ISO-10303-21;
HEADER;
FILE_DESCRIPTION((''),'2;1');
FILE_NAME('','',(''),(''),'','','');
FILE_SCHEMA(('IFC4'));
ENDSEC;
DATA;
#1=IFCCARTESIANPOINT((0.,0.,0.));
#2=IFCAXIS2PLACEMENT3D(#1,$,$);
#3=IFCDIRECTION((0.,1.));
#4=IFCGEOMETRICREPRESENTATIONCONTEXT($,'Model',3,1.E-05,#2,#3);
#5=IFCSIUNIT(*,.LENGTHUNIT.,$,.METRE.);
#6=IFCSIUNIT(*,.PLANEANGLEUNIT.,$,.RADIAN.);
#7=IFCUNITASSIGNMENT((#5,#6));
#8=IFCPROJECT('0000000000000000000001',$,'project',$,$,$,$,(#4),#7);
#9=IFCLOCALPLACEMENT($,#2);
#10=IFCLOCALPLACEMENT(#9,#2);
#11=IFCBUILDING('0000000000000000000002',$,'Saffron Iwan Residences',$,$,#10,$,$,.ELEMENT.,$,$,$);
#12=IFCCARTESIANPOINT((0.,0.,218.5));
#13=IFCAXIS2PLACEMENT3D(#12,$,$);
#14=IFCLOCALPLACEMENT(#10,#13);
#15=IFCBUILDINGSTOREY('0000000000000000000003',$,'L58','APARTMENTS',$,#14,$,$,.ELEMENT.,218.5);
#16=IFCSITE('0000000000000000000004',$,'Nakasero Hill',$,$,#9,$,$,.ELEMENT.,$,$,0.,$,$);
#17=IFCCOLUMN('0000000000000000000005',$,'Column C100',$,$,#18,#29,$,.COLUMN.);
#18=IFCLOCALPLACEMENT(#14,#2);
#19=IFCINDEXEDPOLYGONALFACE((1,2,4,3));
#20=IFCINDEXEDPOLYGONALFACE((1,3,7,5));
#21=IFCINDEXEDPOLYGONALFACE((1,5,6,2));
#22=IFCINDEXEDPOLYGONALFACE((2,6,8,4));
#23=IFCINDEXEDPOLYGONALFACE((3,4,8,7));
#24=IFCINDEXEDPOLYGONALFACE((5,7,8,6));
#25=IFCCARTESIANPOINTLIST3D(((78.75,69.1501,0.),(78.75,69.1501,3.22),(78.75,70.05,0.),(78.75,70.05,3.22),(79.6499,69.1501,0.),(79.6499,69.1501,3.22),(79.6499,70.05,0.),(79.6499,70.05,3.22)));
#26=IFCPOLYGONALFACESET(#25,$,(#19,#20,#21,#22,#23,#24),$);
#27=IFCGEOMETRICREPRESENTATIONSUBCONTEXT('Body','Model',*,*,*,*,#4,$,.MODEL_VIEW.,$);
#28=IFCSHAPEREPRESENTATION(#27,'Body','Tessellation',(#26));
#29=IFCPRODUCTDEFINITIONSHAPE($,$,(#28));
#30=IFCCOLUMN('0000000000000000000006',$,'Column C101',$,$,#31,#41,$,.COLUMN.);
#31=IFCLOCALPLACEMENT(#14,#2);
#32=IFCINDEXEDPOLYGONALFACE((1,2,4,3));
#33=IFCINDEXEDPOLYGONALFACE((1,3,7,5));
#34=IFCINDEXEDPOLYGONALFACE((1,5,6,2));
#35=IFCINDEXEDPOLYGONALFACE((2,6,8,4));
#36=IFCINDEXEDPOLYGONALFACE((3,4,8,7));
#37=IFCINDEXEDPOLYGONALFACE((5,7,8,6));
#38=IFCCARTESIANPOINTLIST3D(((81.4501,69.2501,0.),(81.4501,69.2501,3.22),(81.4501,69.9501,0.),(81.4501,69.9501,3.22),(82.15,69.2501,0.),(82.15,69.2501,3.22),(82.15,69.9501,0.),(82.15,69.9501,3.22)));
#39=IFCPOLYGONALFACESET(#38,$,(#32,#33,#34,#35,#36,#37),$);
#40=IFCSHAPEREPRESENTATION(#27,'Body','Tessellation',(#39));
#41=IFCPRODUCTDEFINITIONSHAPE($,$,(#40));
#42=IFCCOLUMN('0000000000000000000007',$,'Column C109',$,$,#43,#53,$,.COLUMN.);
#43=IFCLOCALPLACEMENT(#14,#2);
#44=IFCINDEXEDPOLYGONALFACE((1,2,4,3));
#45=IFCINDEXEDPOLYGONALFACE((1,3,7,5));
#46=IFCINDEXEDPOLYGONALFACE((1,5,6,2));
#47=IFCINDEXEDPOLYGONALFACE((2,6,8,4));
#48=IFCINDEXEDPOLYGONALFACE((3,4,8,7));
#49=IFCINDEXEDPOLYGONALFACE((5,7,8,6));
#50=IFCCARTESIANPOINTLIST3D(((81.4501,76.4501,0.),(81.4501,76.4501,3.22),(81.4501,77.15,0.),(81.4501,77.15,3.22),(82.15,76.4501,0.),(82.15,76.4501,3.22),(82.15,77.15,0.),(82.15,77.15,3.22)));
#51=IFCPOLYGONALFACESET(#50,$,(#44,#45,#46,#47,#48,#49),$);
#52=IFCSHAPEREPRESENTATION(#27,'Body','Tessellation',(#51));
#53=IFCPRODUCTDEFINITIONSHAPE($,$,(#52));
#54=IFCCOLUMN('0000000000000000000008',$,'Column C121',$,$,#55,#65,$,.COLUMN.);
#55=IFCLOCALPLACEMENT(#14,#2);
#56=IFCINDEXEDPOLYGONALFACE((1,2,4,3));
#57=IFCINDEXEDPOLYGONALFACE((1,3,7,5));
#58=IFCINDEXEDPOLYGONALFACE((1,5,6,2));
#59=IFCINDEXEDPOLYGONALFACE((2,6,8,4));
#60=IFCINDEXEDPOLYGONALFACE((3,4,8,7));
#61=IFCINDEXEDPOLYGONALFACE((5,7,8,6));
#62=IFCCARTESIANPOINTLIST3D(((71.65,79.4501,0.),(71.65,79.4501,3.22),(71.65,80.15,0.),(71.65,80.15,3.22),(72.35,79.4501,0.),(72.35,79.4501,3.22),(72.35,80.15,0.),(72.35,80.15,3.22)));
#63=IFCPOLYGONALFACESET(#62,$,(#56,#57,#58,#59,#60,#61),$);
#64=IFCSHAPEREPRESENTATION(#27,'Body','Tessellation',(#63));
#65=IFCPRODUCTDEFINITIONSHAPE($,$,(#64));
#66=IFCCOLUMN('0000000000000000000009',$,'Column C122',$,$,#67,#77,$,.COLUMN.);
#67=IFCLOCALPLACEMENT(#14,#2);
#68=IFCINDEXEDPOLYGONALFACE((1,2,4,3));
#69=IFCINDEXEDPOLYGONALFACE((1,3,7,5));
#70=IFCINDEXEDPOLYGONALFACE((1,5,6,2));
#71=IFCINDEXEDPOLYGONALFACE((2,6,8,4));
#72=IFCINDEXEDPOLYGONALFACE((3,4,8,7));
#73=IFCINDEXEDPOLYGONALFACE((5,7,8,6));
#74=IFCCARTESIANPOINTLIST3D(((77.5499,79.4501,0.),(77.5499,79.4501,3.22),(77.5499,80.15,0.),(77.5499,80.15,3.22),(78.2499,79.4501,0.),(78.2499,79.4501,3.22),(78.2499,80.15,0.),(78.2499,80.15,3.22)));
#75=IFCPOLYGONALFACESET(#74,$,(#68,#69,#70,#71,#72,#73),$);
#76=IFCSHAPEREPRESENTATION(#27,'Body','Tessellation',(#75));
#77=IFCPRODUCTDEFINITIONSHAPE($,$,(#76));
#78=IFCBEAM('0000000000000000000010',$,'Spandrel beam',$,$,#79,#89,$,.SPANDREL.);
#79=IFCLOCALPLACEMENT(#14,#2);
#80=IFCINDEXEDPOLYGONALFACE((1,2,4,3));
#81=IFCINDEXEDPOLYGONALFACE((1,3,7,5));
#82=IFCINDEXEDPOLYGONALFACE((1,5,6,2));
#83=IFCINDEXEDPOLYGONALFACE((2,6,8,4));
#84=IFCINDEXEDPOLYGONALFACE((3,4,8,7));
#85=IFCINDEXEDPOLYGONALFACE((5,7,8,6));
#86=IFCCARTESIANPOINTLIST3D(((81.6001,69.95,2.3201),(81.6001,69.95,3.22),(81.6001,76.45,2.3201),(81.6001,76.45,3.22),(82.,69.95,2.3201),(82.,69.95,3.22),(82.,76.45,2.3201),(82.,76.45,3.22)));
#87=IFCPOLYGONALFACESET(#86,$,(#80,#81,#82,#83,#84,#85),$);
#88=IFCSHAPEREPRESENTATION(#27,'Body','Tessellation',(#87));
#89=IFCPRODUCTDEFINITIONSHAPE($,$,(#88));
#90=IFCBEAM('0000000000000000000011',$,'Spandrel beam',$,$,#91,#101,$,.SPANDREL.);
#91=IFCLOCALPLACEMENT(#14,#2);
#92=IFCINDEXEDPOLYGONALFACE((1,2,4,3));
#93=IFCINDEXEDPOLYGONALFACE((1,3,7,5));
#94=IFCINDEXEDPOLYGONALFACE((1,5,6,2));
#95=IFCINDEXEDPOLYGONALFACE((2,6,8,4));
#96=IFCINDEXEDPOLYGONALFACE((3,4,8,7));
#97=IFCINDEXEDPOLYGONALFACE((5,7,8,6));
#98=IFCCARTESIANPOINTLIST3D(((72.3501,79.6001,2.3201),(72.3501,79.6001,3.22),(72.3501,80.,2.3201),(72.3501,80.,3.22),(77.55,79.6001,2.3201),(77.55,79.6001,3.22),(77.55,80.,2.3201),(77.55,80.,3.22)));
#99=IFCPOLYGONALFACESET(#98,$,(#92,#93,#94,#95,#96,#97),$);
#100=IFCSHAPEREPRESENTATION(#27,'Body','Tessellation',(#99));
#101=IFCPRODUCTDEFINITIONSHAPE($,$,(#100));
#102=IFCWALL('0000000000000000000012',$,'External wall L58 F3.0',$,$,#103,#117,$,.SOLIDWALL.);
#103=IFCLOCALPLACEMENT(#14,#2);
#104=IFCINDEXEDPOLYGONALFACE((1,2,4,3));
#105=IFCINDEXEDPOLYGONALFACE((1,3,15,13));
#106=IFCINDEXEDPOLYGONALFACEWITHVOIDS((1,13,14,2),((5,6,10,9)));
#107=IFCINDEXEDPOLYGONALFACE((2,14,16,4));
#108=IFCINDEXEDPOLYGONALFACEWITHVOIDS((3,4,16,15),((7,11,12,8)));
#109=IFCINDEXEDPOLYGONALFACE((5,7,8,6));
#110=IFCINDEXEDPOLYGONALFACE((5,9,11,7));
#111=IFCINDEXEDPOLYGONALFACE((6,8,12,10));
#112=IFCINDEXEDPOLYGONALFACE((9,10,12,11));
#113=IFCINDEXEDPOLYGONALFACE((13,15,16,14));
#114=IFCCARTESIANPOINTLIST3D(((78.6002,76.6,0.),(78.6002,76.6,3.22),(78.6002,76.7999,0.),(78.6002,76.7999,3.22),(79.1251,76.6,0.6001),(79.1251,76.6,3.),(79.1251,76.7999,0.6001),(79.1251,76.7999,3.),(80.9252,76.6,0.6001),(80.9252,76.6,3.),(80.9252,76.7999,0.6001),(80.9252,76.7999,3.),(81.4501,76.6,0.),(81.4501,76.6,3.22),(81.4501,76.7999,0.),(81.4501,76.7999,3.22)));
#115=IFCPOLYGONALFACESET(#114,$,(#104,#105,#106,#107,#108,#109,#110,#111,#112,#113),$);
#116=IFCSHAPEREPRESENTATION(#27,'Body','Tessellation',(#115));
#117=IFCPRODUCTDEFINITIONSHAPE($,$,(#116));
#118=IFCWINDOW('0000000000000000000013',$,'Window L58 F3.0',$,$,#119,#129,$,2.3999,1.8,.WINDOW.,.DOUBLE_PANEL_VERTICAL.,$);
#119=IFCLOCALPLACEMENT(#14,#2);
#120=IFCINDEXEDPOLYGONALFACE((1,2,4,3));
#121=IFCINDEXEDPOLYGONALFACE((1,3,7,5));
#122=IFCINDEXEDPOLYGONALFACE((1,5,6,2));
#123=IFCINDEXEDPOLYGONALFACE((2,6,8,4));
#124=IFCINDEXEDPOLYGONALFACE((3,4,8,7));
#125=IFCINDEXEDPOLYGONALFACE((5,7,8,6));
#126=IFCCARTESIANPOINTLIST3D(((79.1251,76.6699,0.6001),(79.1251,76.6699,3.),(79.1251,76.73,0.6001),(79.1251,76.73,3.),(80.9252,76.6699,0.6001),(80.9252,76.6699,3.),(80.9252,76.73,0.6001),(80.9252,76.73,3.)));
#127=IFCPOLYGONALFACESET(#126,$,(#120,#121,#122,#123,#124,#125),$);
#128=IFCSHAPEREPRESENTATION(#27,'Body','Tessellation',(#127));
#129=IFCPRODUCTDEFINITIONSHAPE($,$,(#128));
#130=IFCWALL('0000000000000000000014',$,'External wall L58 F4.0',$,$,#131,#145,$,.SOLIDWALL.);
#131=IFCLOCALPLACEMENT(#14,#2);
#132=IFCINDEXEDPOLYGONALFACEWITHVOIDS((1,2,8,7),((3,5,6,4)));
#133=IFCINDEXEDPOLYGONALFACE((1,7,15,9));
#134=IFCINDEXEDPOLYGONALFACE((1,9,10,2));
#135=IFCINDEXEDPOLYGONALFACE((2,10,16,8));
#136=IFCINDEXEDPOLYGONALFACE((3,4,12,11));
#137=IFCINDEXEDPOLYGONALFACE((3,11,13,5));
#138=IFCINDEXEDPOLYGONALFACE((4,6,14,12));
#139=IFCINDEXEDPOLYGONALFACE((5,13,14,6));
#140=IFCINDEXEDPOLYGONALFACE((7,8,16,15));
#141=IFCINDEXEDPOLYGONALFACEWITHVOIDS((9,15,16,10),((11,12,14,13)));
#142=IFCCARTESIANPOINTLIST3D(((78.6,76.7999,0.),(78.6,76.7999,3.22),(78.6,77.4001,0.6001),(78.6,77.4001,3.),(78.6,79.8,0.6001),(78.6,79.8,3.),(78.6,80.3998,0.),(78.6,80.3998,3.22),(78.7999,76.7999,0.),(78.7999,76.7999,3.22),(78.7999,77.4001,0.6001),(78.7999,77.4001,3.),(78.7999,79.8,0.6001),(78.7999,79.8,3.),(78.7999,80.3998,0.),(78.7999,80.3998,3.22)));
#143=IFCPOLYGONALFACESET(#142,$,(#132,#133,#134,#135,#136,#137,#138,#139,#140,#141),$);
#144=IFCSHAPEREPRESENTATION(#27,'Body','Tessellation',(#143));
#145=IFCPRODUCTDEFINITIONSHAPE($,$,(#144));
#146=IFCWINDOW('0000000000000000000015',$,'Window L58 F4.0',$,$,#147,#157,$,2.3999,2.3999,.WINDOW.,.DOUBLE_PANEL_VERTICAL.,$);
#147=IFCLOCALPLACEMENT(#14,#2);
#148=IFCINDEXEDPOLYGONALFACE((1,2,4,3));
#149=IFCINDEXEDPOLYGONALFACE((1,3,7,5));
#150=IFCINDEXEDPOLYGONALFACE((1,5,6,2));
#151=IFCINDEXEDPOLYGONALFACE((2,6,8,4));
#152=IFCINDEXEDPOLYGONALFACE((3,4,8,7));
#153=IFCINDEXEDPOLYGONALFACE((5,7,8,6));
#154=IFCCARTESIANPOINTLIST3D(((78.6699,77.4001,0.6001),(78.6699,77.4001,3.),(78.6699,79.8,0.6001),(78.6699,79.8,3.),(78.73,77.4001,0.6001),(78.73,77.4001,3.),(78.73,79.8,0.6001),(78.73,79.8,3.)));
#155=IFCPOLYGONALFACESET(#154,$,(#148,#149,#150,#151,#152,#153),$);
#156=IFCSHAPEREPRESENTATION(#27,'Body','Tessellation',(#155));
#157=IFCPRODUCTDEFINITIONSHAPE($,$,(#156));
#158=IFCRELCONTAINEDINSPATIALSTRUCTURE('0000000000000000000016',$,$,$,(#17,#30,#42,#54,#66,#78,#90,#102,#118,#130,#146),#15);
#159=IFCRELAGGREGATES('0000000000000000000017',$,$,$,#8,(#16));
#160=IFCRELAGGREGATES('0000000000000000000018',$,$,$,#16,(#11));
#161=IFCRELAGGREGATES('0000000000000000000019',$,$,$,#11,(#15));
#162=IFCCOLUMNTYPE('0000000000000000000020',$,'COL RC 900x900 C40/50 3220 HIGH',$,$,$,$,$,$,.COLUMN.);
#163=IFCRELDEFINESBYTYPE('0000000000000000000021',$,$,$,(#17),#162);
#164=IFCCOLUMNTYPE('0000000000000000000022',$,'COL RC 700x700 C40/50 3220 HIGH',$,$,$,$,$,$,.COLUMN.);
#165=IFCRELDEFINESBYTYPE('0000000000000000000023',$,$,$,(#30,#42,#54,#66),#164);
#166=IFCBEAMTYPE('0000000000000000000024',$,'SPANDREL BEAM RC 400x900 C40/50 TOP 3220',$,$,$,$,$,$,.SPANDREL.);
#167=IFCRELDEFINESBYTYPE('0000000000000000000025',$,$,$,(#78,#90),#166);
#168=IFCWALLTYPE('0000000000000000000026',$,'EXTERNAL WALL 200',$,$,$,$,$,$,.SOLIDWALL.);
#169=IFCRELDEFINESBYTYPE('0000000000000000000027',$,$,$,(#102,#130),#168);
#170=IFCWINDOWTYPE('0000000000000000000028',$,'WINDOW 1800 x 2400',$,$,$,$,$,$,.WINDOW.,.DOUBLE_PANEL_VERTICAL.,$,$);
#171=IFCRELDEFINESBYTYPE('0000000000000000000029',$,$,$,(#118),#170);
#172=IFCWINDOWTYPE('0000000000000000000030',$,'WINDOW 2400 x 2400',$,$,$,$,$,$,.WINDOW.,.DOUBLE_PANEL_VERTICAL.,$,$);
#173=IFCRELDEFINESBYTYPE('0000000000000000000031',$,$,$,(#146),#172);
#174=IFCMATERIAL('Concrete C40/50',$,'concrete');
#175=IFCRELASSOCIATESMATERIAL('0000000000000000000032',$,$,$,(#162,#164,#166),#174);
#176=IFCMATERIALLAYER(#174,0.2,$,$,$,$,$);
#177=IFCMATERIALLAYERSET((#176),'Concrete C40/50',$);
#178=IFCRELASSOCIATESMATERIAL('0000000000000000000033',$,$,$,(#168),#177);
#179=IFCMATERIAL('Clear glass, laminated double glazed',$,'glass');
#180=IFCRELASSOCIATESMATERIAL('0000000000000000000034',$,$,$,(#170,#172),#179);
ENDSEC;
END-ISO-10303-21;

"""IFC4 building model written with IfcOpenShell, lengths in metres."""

from ifc_helpers import new_model, si_unit, direction, frame, frame_2d, origin, origin_2d, place, context, subcontext, project, spatial, rectangle, extrude, source, transform, mapped, material, layer, layer_set, material_profile, profile_set, type_object, element, fill, save


model = new_model("IFC4")

# Units and contexts
model_context = context("Model", 3, precision=1e-05, world=origin(), true_north=direction((0.0, 1.0)))
body_context = subcontext(model_context, "Body", "Model", "MODEL_VIEW")
ifc_project = project(units=[si_unit("LENGTHUNIT", "METRE"), si_unit("PLANEANGLEUNIT", "RADIAN")], contexts=[model_context])

# Site, building, storey
site_placement = place(None, origin())
site = spatial("IfcSite", under=ifc_project, at=site_placement, Name="Nakasero Hill", CompositionType="ELEMENT", RefElevation=0.0)
building_placement = place(site_placement, origin())
building = spatial("IfcBuilding", under=site, at=building_placement, Name="Saffron Iwan Residences", CompositionType="ELEMENT")
storey_placement = place(building_placement, frame((0.0, 0.0, 218.5)))
storey = spatial("IfcBuildingStorey", under=building, at=storey_placement, Name="L58", Description="APARTMENTS", CompositionType="ELEMENT", Elevation=218.5)

# Columns
ifc_material_1 = material(Name="Concrete C40/50", Category="concrete")
ifc_material_profile_1 = material_profile(ifc_material_1, rectangle(XDim=0.8999, YDim=0.8999, at=origin_2d()), Name="RC 900x900")
ifc_profile_set_1 = profile_set([ifc_material_profile_1], Name="Concrete C40/50")
column_type_1 = type_object("IfcColumnType", Name="COL RC 900x900 C40/50 3220 HIGH", PredefinedType="COLUMN", material=ifc_profile_set_1)
shared_shape_1 = source(origin(), body_context, "Body", "SweptSolid", [
    extrude(rectangle(XDim=0.8999, YDim=0.8999, at=origin_2d()), origin(), (0.0, 0.0, 1.0), 3.22),
])
column_placement = place(storey_placement, frame((79.2, 69.6001, 0.0), z_axis=(0.0, 0.0, 1.0), x_axis=(1.0, 0.0, 0.0)))
element("IfcColumn", 1, at=column_placement, inside=storey, type_object=column_type_1, Name="Column C100", PredefinedType="COLUMN", context=body_context, shape_type="MappedRepresentation", body=[
    mapped(shared_shape_1, transform((0.0, 0.0, 0.0))),
])
ifc_material_profile_2 = material_profile(ifc_material_1, rectangle(XDim=0.7, YDim=0.7, at=origin_2d()), Name="RC 700x700")
ifc_profile_set_2 = profile_set([ifc_material_profile_2], Name="Concrete C40/50")
column_type_2 = type_object("IfcColumnType", Name="COL RC 700x700 C40/50 3220 HIGH", PredefinedType="COLUMN", material=ifc_profile_set_2)
shared_shape_2 = source(origin(), body_context, "Body", "SweptSolid", [
    extrude(rectangle(XDim=0.7, YDim=0.7, at=origin_2d()), origin(), (0.0, 0.0, 1.0), 3.22),
])
for number, where, z_axis, x_axis, name in (
    (2, (81.8, 69.6001, 0.0), (0.0, 0.0, 1.0), (1.0, 0.0, 0.0), "Column C101"),
    (3, (81.8, 76.8, 0.0), (0.0, 0.0, 1.0), (1.0, 0.0, 0.0), "Column C109"),
    (4, (72.0, 79.8, 0.0), (0.0, 0.0, 1.0), (1.0, 0.0, 0.0), "Column C121"),
    (5, (77.8999, 79.8, 0.0), (0.0, 0.0, 1.0), (1.0, 0.0, 0.0), "Column C122"),
):
    element("IfcColumn", number, at=place(storey_placement, frame(where, z_axis=z_axis, x_axis=x_axis)), inside=storey, type_object=column_type_2, Name=name, PredefinedType="COLUMN", context=body_context, shape_type="MappedRepresentation", body=[
        mapped(shared_shape_2, transform((0.0, 0.0, 0.0))),
    ])

# Beams
ifc_material_profile_3 = material_profile(ifc_material_1, rectangle(XDim=0.3999, YDim=0.8999, at=origin_2d()), Name="RC 400x900")
ifc_profile_set_3 = profile_set([ifc_material_profile_3], Name="Concrete C40/50")
beam_type = type_object("IfcBeamType", Name="SPANDREL BEAM RC 400x900 C40/50 TOP 3220", PredefinedType="SPANDREL", material=ifc_profile_set_3)
shared_shape_3 = source(origin(), body_context, "Body", "SweptSolid", [
    extrude(rectangle(XDim=0.3999, YDim=0.8999, at=origin_2d()), origin(), (0.0, 0.0, 1.0), 6.5),
])
beam_1_placement = place(storey_placement, frame((81.8, 76.45, 2.77), z_axis=(0.0, -1.0, 0.0), x_axis=(1.0, 0.0, 0.0)))
element("IfcBeam", 6, at=beam_1_placement, inside=storey, type_object=beam_type, Name="Spandrel beam", PredefinedType="SPANDREL", context=body_context, shape_type="MappedRepresentation", body=[
    mapped(shared_shape_3, transform((0.0, 0.0, 0.0))),
])
shared_shape_4 = source(origin(), body_context, "Body", "SweptSolid", [
    extrude(rectangle(XDim=0.3999, YDim=0.8999, at=origin_2d()), origin(), (0.0, 0.0, 1.0), 5.2),
])
beam_2_placement = place(storey_placement, frame((72.3501, 79.8, 2.77), z_axis=(1.0, 0.0, 0.0), x_axis=(0.0, 1.0, 0.0)))
element("IfcBeam", 7, at=beam_2_placement, inside=storey, type_object=beam_type, Name="Spandrel beam", PredefinedType="SPANDREL", context=body_context, shape_type="MappedRepresentation", body=[
    mapped(shared_shape_4, transform((0.0, 0.0, 0.0))),
])

# Walls, openings, windows
ifc_layer_1 = layer(ifc_material_1, 0.2)
ifc_layer_set_1 = layer_set([ifc_layer_1], Name="Concrete C40/50")
wall_type_1 = type_object("IfcWallType", Name="EXTERNAL WALL 200", PredefinedType="SOLIDWALL", material=ifc_layer_set_1)
wall_1_placement = place(storey_placement, frame((81.45, 76.7, 0.0), z_axis=(0.0, 0.0, 1.0), x_axis=(-1.0, 0.0, 0.0)))
wall_1 = element("IfcWall", 8, at=wall_1_placement, inside=storey, type_object=wall_type_1, Name="External wall L58 F3.0", PredefinedType="SOLIDWALL", context=body_context, shape_type="SweptSolid", body=[
    extrude(rectangle(XDim=2.8499, YDim=0.2, at=frame_2d((1.4248, 0.0))), origin(), (0.0, 0.0, 1.0), 3.22),
])
opening_1_placement = place(wall_1_placement, frame((0.5249, 0.0, 0.6001)))
opening_1 = element("IfcOpeningElement", 9, at=opening_1_placement, cuts=wall_1, PredefinedType="OPENING", context=body_context, shape_type="SweptSolid", body=[
    extrude(rectangle(XDim=1.8, YDim=2.3999, at=frame_2d((0.8999, 1.2))), frame((0.0, 0.1099, 0.0), z_axis=(0.0, -1.0, 0.0), x_axis=(1.0, 0.0, 0.0)), (0.0, 0.0, 1.0), 0.22),
])
ifc_material_2 = material(Name="Clear glass, laminated double glazed", Category="glass")
window_type_1 = type_object("IfcWindowType", Name="WINDOW 1800 x 2400", PartitioningType="DOUBLE_PANEL_VERTICAL", PredefinedType="WINDOW", material=ifc_material_2)
window_1_placement = place(opening_1_placement, origin())
window_1 = element("IfcWindow", 10, at=window_1_placement, inside=storey, type_object=window_type_1, Name="Window L58 F3.0", OverallHeight=2.3999, OverallWidth=1.8, PartitioningType="DOUBLE_PANEL_VERTICAL", PredefinedType="WINDOW", context=body_context, shape_type="SweptSolid", body=[
    extrude(rectangle(XDim=1.8, YDim=2.3999, at=frame_2d((0.8999, 1.2))), frame((0.0, 0.03, 0.0), z_axis=(0.0, -1.0, 0.0), x_axis=(1.0, 0.0, 0.0)), (0.0, 0.0, 1.0), 0.0601),
])
fill(opening_1, window_1)
wall_2_placement = place(storey_placement, frame((78.7, 76.8, 0.0), z_axis=(0.0, 0.0, 1.0), x_axis=(0.0, 1.0, 0.0)))
wall_2 = element("IfcWall", 11, at=wall_2_placement, inside=storey, type_object=wall_type_1, Name="External wall L58 F4.0", PredefinedType="SOLIDWALL", context=body_context, shape_type="SweptSolid", body=[
    extrude(rectangle(XDim=3.5999, YDim=0.2, at=frame_2d((1.7998, 0.0))), origin(), (0.0, 0.0, 1.0), 3.22),
])
opening_2_placement = place(wall_2_placement, frame((0.6001, 0.0, 0.6001)))
opening_2 = element("IfcOpeningElement", 12, at=opening_2_placement, cuts=wall_2, PredefinedType="OPENING", context=body_context, shape_type="SweptSolid", body=[
    extrude(rectangle(XDim=2.3999, YDim=2.3999, at=frame_2d((1.2, 1.2))), frame((0.0, 0.1099, 0.0), z_axis=(0.0, -1.0, 0.0), x_axis=(1.0, 0.0, 0.0)), (0.0, 0.0, 1.0), 0.22),
])
window_type_2 = type_object("IfcWindowType", Name="WINDOW 2400 x 2400", PartitioningType="DOUBLE_PANEL_VERTICAL", PredefinedType="WINDOW", material=ifc_material_2)
window_2_placement = place(opening_2_placement, origin())
window_2 = element("IfcWindow", 13, at=window_2_placement, inside=storey, type_object=window_type_2, Name="Window L58 F4.0", OverallHeight=2.3999, OverallWidth=2.3999, PartitioningType="DOUBLE_PANEL_VERTICAL", PredefinedType="WINDOW", context=body_context, shape_type="SweptSolid", body=[
    extrude(rectangle(XDim=2.3999, YDim=2.3999, at=frame_2d((1.2, 1.2))), frame((0.0, 0.03, 0.0), z_axis=(0.0, -1.0, 0.0), x_axis=(1.0, 0.0, 0.0)), (0.0, 0.0, 1.0), 0.0601),
])
fill(opening_2, window_2)

save(model, "model.ifc")
